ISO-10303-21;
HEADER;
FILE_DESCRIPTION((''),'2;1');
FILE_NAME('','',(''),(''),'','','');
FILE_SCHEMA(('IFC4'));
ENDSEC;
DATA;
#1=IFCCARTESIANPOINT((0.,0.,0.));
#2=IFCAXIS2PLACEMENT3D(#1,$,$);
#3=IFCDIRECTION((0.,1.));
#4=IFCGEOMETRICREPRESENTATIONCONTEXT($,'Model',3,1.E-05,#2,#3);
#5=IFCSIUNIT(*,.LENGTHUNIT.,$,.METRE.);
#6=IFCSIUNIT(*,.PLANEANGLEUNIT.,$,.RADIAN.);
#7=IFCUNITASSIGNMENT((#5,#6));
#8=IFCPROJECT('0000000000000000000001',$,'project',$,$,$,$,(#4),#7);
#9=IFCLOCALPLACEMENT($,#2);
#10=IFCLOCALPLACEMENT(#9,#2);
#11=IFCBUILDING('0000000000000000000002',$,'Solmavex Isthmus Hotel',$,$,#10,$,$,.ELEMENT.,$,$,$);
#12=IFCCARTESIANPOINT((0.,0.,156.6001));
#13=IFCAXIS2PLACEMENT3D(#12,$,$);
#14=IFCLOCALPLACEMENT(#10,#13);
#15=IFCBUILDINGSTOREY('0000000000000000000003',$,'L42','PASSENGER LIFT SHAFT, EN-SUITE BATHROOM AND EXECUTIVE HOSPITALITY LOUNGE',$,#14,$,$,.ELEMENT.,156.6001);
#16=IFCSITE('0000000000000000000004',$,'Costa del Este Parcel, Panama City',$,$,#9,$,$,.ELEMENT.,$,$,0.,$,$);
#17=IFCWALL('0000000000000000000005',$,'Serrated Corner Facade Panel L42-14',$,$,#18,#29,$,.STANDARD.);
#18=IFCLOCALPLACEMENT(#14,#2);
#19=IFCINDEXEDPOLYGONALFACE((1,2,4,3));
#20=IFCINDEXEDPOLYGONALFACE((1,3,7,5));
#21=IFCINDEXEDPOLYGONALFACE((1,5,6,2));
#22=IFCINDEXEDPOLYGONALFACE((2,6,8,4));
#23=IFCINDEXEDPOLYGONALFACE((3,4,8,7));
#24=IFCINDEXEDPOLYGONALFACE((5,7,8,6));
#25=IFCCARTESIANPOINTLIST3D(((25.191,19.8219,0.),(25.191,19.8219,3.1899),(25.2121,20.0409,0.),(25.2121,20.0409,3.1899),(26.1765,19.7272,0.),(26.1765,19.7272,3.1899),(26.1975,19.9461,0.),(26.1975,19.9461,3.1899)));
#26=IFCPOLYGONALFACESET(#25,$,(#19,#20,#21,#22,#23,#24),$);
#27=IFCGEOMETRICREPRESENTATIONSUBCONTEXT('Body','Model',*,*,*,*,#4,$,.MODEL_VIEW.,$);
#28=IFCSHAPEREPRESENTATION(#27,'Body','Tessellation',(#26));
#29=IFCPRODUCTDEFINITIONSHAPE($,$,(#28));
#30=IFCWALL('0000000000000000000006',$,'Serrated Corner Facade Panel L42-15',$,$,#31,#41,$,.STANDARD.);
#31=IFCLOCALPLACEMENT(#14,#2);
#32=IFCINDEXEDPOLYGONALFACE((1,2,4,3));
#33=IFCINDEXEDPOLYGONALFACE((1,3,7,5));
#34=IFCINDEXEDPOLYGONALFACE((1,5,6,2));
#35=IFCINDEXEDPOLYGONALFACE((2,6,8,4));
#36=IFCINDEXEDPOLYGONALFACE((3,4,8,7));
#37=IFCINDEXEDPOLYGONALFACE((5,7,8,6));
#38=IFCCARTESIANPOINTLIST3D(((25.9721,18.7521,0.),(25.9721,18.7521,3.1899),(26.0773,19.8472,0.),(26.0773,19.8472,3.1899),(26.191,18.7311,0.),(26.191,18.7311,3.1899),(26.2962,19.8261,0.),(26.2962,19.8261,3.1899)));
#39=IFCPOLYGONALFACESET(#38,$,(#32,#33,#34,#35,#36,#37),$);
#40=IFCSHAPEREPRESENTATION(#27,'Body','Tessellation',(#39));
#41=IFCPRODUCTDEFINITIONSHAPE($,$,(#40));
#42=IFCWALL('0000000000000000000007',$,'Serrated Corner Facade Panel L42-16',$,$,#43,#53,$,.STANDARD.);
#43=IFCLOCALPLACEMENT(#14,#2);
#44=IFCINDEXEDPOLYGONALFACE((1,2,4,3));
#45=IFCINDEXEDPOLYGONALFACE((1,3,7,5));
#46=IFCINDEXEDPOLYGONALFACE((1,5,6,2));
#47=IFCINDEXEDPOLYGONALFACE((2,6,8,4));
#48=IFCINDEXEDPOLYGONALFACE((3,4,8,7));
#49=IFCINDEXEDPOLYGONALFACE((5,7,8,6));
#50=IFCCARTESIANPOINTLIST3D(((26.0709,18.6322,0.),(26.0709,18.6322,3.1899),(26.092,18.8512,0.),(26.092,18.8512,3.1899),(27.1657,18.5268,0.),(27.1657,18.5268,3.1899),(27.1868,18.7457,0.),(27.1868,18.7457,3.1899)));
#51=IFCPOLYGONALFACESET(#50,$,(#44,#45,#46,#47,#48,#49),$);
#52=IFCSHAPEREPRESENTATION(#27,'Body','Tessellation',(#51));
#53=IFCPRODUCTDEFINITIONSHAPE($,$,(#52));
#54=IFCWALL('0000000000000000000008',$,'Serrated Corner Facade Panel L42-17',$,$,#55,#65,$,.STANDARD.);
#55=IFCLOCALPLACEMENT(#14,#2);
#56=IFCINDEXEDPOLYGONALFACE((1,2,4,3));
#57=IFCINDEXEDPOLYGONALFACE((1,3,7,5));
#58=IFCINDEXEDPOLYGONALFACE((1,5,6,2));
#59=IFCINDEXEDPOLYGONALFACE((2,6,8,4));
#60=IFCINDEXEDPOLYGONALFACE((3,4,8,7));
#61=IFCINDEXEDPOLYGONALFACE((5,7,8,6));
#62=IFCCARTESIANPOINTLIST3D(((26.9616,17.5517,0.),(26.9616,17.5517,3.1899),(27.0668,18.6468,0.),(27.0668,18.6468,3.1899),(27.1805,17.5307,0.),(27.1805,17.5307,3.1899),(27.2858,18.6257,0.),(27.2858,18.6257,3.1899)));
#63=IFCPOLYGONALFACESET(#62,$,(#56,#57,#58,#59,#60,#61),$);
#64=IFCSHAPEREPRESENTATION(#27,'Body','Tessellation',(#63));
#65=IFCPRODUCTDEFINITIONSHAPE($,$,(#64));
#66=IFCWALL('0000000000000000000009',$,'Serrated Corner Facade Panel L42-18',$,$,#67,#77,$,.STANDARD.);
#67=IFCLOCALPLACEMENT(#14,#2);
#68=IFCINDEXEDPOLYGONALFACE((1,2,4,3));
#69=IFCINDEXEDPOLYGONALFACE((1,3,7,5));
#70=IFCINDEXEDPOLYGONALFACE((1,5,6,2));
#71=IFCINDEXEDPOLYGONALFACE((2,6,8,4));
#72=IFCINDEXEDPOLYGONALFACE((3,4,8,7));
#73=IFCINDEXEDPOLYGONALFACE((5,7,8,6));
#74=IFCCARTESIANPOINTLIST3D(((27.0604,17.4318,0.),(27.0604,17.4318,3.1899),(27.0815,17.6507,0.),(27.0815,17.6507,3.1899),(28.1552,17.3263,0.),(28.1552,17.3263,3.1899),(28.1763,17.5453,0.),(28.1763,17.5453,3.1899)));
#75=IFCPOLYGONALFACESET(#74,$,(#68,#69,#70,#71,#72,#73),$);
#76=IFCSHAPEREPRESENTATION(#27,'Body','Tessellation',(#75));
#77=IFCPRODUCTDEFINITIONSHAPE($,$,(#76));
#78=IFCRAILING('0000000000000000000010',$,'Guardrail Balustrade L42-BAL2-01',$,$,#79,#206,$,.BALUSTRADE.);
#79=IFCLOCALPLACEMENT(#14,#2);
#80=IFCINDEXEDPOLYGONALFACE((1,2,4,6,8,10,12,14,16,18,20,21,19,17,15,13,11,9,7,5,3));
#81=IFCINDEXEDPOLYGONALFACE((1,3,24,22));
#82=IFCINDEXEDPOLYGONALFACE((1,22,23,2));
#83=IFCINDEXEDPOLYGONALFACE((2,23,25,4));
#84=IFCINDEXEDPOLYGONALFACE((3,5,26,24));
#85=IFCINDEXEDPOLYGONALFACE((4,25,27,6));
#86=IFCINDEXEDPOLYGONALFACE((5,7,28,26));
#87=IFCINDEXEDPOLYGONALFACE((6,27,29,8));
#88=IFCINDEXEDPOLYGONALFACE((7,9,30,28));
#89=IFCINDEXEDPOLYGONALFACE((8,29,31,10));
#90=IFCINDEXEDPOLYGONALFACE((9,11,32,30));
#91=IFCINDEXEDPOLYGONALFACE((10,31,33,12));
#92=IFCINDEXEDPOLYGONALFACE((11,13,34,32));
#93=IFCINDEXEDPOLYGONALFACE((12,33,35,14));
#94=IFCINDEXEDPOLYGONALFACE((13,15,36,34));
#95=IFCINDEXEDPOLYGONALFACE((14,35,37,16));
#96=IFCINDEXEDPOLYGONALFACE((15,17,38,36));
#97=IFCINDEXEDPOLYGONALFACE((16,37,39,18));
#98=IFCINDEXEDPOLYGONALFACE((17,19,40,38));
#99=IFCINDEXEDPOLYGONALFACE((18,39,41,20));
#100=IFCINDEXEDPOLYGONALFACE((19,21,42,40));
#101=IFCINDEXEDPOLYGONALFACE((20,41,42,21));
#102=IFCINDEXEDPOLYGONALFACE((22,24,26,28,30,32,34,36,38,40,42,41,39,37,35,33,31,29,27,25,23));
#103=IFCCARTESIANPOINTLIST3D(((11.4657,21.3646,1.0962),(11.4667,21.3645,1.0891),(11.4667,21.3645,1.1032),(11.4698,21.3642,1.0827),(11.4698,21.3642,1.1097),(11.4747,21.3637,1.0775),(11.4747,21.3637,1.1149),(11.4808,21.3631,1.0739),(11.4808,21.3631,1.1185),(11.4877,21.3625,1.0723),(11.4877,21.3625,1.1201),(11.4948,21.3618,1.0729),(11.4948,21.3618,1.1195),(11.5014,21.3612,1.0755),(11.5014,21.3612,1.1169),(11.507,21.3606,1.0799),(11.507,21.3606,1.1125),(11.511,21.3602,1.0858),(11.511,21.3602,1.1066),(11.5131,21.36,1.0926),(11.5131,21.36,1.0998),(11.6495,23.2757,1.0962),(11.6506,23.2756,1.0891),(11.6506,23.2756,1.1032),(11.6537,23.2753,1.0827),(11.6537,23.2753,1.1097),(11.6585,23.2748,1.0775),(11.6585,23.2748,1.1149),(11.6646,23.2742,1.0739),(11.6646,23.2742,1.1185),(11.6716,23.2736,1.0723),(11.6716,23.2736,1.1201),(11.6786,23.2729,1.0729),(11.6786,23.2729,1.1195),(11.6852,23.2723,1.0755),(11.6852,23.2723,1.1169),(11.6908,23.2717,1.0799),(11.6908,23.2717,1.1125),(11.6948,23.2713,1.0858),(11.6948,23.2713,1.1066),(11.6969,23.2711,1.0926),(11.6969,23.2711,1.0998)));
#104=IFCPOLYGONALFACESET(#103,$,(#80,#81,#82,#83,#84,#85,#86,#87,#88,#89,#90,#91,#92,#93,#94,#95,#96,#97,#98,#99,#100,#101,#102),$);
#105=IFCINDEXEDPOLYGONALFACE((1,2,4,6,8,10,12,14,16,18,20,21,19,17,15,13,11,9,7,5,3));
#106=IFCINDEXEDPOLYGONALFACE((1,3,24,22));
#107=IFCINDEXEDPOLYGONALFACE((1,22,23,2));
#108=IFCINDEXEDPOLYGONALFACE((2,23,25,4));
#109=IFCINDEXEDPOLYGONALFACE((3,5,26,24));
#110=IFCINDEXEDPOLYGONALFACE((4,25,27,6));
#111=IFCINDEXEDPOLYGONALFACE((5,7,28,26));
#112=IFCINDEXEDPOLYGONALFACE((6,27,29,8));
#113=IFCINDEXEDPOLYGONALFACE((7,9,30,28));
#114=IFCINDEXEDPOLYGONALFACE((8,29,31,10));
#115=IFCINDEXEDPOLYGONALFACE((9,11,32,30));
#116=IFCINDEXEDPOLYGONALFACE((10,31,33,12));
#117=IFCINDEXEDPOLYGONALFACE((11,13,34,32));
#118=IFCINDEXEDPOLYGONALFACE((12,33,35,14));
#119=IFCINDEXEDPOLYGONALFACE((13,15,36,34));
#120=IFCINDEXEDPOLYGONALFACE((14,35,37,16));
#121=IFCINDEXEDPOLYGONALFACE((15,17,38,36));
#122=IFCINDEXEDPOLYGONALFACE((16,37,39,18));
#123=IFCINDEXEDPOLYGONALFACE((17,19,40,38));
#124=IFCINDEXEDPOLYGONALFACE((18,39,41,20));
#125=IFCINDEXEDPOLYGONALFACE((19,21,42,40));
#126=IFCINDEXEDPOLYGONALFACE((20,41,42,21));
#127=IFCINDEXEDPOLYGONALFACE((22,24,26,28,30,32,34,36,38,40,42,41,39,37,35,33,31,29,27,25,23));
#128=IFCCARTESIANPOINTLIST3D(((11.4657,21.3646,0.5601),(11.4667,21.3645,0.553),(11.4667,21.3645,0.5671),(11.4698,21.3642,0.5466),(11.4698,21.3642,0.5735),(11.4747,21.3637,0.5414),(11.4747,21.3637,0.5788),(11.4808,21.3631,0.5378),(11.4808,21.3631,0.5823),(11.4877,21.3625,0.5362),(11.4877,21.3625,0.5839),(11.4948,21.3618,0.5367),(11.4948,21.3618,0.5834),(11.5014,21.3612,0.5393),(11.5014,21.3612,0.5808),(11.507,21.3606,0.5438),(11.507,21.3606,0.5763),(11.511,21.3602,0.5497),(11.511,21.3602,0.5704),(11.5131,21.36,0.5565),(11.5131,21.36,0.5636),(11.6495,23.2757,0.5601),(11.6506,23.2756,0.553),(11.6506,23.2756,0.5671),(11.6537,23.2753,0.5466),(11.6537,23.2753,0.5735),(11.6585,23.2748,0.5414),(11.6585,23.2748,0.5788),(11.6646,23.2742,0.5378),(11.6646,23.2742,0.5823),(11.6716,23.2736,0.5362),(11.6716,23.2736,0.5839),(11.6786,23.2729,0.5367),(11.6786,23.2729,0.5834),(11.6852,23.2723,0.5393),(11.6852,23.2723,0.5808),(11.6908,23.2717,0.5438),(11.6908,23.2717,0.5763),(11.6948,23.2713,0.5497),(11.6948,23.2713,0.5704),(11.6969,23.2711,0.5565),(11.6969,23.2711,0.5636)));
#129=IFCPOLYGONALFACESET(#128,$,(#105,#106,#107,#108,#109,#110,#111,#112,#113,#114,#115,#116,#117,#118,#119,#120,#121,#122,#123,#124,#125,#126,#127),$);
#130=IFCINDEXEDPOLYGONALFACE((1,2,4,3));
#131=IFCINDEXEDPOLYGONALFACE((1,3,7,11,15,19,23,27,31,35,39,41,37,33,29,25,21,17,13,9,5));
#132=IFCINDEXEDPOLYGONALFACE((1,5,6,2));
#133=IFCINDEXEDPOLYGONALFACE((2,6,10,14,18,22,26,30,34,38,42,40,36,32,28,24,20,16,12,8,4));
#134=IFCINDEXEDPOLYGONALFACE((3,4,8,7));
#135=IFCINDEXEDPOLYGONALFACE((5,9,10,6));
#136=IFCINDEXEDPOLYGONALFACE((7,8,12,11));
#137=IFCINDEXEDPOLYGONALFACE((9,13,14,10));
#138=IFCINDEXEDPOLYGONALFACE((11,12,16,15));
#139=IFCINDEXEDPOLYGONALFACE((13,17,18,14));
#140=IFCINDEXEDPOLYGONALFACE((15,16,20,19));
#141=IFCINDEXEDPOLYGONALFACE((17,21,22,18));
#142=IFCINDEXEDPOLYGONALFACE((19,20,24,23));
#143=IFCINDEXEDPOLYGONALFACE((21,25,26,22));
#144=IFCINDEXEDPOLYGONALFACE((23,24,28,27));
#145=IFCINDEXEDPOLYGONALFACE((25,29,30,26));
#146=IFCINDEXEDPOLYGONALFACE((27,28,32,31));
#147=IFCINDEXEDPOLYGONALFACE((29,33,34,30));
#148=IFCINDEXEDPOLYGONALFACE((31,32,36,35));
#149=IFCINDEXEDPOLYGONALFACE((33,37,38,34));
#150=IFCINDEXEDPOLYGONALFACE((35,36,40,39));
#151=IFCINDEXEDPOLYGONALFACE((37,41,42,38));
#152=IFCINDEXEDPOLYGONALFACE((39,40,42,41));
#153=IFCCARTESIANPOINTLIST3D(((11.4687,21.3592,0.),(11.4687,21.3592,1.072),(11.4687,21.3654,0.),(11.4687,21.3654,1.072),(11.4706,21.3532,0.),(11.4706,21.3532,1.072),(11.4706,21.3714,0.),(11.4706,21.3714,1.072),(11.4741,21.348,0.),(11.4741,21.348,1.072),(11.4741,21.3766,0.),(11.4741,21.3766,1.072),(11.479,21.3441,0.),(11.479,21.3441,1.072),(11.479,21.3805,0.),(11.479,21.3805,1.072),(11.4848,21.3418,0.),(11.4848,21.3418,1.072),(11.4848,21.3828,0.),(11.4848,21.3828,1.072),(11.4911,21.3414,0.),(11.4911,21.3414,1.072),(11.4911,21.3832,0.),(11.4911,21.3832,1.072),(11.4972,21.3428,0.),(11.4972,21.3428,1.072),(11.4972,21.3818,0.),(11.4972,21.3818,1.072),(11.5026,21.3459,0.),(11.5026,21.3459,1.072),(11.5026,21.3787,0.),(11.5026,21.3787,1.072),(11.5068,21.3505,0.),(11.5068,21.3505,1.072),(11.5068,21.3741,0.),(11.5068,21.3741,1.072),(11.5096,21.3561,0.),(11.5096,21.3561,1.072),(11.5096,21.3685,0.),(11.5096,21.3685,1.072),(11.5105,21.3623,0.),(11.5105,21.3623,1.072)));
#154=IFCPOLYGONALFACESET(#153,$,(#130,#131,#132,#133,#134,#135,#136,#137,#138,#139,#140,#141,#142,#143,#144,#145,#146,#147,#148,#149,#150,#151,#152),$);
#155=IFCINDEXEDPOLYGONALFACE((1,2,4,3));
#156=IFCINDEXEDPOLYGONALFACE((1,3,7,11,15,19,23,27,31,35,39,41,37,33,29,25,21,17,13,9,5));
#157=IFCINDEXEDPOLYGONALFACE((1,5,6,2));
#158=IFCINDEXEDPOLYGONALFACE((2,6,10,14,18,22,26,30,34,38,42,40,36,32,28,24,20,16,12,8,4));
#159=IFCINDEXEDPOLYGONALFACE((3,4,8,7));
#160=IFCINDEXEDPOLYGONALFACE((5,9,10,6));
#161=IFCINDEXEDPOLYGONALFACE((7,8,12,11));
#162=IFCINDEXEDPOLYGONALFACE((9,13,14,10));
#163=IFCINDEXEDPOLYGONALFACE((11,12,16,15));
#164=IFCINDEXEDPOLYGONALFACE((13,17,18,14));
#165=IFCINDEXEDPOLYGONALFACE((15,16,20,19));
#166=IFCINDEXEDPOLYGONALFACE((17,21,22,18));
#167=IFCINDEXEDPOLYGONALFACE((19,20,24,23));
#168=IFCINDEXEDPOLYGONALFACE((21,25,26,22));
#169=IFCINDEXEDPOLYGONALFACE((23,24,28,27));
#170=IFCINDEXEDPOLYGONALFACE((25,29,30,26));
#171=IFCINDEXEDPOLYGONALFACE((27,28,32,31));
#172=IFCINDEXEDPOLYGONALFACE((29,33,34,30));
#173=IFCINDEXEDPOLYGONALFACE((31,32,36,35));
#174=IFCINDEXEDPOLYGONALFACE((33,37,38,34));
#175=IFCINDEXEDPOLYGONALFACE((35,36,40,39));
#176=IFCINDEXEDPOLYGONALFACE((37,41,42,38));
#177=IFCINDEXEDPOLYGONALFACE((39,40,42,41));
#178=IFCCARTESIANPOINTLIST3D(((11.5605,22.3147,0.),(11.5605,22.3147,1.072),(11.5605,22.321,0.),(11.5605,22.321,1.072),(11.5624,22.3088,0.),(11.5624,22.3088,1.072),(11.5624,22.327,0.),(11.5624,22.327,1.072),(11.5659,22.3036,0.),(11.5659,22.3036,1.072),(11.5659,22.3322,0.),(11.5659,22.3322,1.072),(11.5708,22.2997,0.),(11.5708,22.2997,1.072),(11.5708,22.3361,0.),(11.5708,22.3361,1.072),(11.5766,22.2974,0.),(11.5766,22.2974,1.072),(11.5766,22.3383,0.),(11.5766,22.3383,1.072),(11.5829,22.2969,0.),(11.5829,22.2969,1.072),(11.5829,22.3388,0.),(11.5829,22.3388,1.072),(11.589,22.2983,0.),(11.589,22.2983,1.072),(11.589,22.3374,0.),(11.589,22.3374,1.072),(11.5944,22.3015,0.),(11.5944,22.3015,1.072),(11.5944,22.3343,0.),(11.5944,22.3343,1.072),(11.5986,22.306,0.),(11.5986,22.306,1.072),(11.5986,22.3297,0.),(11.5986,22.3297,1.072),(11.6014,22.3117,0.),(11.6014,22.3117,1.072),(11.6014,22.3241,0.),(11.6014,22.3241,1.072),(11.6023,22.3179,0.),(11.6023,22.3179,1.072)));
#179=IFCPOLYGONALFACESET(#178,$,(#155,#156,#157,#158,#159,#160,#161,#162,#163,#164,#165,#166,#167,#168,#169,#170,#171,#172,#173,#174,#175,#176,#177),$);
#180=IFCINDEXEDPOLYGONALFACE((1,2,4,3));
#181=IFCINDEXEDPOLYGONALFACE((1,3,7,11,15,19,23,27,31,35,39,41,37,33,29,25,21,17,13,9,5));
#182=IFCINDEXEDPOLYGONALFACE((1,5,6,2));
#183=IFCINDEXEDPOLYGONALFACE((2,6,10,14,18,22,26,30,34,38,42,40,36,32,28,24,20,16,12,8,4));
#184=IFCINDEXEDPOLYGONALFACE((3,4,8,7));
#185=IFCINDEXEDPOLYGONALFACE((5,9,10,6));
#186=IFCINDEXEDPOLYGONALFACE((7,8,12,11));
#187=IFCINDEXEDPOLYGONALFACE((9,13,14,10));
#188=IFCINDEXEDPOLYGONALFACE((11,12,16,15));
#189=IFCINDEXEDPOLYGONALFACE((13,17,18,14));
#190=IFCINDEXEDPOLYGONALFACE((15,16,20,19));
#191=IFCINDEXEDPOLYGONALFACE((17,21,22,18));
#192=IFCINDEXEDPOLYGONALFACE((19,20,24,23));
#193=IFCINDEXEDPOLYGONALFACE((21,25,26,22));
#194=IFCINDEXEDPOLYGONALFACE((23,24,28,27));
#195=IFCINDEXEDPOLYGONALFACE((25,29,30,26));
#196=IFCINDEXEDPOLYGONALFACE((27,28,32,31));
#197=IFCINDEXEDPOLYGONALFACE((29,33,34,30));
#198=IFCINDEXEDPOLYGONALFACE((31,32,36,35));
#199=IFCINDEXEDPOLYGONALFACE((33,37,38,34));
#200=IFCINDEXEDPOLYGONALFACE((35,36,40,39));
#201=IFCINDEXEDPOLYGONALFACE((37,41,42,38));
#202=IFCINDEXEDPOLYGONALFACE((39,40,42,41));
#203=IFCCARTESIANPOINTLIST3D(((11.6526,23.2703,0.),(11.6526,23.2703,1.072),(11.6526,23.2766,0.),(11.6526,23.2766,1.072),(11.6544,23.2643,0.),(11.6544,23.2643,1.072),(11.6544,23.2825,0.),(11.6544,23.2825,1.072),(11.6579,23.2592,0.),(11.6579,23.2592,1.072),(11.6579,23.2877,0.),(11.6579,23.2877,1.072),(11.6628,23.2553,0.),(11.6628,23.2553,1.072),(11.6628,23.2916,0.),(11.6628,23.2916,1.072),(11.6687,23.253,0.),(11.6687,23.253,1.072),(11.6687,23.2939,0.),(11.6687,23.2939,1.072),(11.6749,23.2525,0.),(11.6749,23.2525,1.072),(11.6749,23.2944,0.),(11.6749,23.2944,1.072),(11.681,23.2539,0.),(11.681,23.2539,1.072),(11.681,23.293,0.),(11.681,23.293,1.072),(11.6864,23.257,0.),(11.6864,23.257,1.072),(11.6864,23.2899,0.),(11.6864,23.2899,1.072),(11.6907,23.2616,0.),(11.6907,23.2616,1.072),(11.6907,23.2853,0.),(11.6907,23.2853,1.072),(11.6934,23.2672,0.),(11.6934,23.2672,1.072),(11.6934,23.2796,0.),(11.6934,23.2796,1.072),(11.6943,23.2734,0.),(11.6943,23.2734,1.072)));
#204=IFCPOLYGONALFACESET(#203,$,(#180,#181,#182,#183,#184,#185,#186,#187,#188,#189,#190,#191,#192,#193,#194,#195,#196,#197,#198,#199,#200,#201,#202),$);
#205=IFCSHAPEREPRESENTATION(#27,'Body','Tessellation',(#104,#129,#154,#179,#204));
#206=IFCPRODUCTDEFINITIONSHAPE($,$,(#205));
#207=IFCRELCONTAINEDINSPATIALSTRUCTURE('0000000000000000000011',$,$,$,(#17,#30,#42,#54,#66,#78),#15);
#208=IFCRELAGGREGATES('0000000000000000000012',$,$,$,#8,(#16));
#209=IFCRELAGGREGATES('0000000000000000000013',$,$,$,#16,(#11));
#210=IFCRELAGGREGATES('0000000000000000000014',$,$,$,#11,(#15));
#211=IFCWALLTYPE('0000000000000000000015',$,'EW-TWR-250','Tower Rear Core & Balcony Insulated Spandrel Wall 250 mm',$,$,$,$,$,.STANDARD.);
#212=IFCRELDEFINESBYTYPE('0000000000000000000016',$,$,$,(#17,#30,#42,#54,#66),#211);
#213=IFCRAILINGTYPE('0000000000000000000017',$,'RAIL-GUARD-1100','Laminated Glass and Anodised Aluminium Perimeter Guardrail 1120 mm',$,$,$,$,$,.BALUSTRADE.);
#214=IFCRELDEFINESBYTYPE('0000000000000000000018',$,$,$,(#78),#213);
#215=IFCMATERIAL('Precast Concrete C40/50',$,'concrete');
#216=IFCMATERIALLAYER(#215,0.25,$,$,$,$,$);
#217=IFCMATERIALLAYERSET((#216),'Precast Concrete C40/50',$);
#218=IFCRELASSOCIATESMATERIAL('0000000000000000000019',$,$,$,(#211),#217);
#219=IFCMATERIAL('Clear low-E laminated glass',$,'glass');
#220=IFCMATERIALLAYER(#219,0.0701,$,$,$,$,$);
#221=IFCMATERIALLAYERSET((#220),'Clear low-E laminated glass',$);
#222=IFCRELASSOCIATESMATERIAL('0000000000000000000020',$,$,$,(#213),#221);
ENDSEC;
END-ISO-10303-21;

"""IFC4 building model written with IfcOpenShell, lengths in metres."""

from ifc_helpers import new_model, si_unit, direction, frame, frame_2d, origin, origin_2d, place, context, subcontext, project, spatial, rectangle, circle, extrude, material, layer, layer_set, type_object, element, save


model = new_model("IFC4")

# Units and contexts
model_context = context("Model", 3, precision=1e-05, world=origin(), true_north=direction((0.0, 1.0)))
body_context = subcontext(model_context, "Body", "Model", "MODEL_VIEW")
ifc_project = project(units=[si_unit("LENGTHUNIT", "METRE"), si_unit("PLANEANGLEUNIT", "RADIAN")], contexts=[model_context])

# Site, building, storey
site_placement = place(None, origin())
site = spatial("IfcSite", under=ifc_project, at=site_placement, Name="Costa del Este Parcel, Panama City", CompositionType="ELEMENT", RefElevation=0.0)
building_placement = place(site_placement, origin())
building = spatial("IfcBuilding", under=site, at=building_placement, Name="Solmavex Isthmus Hotel", CompositionType="ELEMENT")
storey_placement = place(building_placement, frame((0.0, 0.0, 156.6001)))
storey = spatial("IfcBuildingStorey", under=building, at=storey_placement, Name="L42", Description="PASSENGER LIFT SHAFT, EN-SUITE BATHROOM AND EXECUTIVE HOSPITALITY LOUNGE", CompositionType="ELEMENT", Elevation=156.6001)

# Shared definitions
ifc_material_1 = material(Name="Clear low-E laminated glass", Category="glass")

# Shared definitions
ifc_material_2 = material(Name="Precast Concrete C40/50", Category="concrete")
ifc_layer_1 = layer(ifc_material_2, 0.25)
ifc_layer_set_1 = layer_set([ifc_layer_1], Name="Precast Concrete C40/50")
wall_type = type_object("IfcWallType", Name="EW-TWR-250", Description="Tower Rear Core & Balcony Insulated Spandrel Wall 250 mm", PredefinedType="STANDARD", material=ifc_layer_set_1)

# Walls
wall_1_placement = place(storey_placement, frame((25.2014, 19.9314, 0.0), z_axis=(0.0, 0.0, 1.0), x_axis=(0.995411, -0.095694, 0.0)))
element("IfcWall", 1, at=wall_1_placement, inside=storey, type_object=wall_type, Name="Serrated Corner Facade Panel L42-14", PredefinedType="STANDARD", context=body_context, shape_type="SweptSolid", body=[
    extrude(rectangle(XDim=0.99, YDim=0.22, at=frame_2d((0.4951, 0.0))), origin(), (0.0, 0.0, 1.0), 3.1899),
])
wall_2_placement = place(storey_placement, frame((26.1868, 19.8367, 0.0), z_axis=(0.0, 0.0, 1.0), x_axis=(-0.095657, -0.995414, 0.0)))
element("IfcWall", 2, at=wall_2_placement, inside=storey, type_object=wall_type, Name="Serrated Corner Facade Panel L42-15", PredefinedType="STANDARD", context=body_context, shape_type="SweptSolid", body=[
    extrude(rectangle(XDim=1.1001, YDim=0.22, at=frame_2d((0.55, 0.0))), origin(), (0.0, 0.0, 1.0), 3.1899),
])
wall_3_placement = place(storey_placement, frame((26.0815, 18.7417, 0.0), z_axis=(0.0, 0.0, 1.0), x_axis=(0.995391, -0.095899, 0.0)))
element("IfcWall", 3, at=wall_3_placement, inside=storey, type_object=wall_type, Name="Serrated Corner Facade Panel L42-16", PredefinedType="STANDARD", context=body_context, shape_type="SweptSolid", body=[
    extrude(rectangle(XDim=1.0999, YDim=0.22, at=frame_2d((0.5498, 0.0))), origin(), (0.0, 0.0, 1.0), 3.1899),
])
wall_4_placement = place(storey_placement, frame((27.1763, 18.6362, 0.0), z_axis=(0.0, 0.0, 1.0), x_axis=(-0.095657, -0.995414, 0.0)))
element("IfcWall", 4, at=wall_4_placement, inside=storey, type_object=wall_type, Name="Serrated Corner Facade Panel L42-17", PredefinedType="STANDARD", context=body_context, shape_type="SweptSolid", body=[
    extrude(rectangle(XDim=1.1001, YDim=0.22, at=frame_2d((0.55, 0.0))), origin(), (0.0, 0.0, 1.0), 3.1899),
])
wall_5_placement = place(storey_placement, frame((27.071, 17.5413, 0.0), z_axis=(0.0, 0.0, 1.0), x_axis=(0.995391, -0.095899, 0.0)))
element("IfcWall", 5, at=wall_5_placement, inside=storey, type_object=wall_type, Name="Serrated Corner Facade Panel L42-18", PredefinedType="STANDARD", context=body_context, shape_type="SweptSolid", body=[
    extrude(rectangle(XDim=1.0999, YDim=0.22, at=frame_2d((0.5498, 0.0))), origin(), (0.0, 0.0, 1.0), 3.1899),
])

# Railing
ifc_layer_2 = layer(ifc_material_1, 0.0701)
ifc_layer_set_2 = layer_set([ifc_layer_2], Name="Clear low-E laminated glass")
railing_type = type_object("IfcRailingType", Name="RAIL-GUARD-1100", Description="Laminated Glass and Anodised Aluminium Perimeter Guardrail 1120 mm", PredefinedType="BALUSTRADE", material=ifc_layer_set_2)
railing_1_placement = place(storey_placement, frame((11.4895, 21.3623, 0.0)))
element("IfcRailing", 6, at=railing_1_placement, inside=storey, type_object=railing_type, Name="Guardrail Balustrade L42-BAL2-01", PredefinedType="BALUSTRADE", context=body_context, shape_type="SweptSolid", body=[
    extrude(circle(Radius=0.0239, at=origin_2d()), frame((0.0, 0.0, 1.0962), z_axis=(0.095751, 0.995405, 0.0), x_axis=(-0.995405, 0.095751, 0.0)), (0.0, 0.0, 1.0), 1.9199),
    extrude(circle(Radius=0.0239, at=origin_2d()), frame((0.0, 0.0, 0.5601), z_axis=(0.095751, 0.995405, 0.0), x_axis=(-0.995405, 0.095751, 0.0)), (0.0, 0.0, 1.0), 1.9199),
    extrude(circle(Radius=0.021, at=origin_2d()), origin(), (0.0, 0.0, 1.0), 1.072),
    extrude(circle(Radius=0.021, at=origin_2d()), frame((0.0918, 0.9556, 0.0)), (0.0, 0.0, 1.0), 1.072),
    extrude(circle(Radius=0.021, at=origin_2d()), frame((0.1838, 1.9111, 0.0)), (0.0, 0.0, 1.0), 1.072),
])

save(model, "model.ifc")
